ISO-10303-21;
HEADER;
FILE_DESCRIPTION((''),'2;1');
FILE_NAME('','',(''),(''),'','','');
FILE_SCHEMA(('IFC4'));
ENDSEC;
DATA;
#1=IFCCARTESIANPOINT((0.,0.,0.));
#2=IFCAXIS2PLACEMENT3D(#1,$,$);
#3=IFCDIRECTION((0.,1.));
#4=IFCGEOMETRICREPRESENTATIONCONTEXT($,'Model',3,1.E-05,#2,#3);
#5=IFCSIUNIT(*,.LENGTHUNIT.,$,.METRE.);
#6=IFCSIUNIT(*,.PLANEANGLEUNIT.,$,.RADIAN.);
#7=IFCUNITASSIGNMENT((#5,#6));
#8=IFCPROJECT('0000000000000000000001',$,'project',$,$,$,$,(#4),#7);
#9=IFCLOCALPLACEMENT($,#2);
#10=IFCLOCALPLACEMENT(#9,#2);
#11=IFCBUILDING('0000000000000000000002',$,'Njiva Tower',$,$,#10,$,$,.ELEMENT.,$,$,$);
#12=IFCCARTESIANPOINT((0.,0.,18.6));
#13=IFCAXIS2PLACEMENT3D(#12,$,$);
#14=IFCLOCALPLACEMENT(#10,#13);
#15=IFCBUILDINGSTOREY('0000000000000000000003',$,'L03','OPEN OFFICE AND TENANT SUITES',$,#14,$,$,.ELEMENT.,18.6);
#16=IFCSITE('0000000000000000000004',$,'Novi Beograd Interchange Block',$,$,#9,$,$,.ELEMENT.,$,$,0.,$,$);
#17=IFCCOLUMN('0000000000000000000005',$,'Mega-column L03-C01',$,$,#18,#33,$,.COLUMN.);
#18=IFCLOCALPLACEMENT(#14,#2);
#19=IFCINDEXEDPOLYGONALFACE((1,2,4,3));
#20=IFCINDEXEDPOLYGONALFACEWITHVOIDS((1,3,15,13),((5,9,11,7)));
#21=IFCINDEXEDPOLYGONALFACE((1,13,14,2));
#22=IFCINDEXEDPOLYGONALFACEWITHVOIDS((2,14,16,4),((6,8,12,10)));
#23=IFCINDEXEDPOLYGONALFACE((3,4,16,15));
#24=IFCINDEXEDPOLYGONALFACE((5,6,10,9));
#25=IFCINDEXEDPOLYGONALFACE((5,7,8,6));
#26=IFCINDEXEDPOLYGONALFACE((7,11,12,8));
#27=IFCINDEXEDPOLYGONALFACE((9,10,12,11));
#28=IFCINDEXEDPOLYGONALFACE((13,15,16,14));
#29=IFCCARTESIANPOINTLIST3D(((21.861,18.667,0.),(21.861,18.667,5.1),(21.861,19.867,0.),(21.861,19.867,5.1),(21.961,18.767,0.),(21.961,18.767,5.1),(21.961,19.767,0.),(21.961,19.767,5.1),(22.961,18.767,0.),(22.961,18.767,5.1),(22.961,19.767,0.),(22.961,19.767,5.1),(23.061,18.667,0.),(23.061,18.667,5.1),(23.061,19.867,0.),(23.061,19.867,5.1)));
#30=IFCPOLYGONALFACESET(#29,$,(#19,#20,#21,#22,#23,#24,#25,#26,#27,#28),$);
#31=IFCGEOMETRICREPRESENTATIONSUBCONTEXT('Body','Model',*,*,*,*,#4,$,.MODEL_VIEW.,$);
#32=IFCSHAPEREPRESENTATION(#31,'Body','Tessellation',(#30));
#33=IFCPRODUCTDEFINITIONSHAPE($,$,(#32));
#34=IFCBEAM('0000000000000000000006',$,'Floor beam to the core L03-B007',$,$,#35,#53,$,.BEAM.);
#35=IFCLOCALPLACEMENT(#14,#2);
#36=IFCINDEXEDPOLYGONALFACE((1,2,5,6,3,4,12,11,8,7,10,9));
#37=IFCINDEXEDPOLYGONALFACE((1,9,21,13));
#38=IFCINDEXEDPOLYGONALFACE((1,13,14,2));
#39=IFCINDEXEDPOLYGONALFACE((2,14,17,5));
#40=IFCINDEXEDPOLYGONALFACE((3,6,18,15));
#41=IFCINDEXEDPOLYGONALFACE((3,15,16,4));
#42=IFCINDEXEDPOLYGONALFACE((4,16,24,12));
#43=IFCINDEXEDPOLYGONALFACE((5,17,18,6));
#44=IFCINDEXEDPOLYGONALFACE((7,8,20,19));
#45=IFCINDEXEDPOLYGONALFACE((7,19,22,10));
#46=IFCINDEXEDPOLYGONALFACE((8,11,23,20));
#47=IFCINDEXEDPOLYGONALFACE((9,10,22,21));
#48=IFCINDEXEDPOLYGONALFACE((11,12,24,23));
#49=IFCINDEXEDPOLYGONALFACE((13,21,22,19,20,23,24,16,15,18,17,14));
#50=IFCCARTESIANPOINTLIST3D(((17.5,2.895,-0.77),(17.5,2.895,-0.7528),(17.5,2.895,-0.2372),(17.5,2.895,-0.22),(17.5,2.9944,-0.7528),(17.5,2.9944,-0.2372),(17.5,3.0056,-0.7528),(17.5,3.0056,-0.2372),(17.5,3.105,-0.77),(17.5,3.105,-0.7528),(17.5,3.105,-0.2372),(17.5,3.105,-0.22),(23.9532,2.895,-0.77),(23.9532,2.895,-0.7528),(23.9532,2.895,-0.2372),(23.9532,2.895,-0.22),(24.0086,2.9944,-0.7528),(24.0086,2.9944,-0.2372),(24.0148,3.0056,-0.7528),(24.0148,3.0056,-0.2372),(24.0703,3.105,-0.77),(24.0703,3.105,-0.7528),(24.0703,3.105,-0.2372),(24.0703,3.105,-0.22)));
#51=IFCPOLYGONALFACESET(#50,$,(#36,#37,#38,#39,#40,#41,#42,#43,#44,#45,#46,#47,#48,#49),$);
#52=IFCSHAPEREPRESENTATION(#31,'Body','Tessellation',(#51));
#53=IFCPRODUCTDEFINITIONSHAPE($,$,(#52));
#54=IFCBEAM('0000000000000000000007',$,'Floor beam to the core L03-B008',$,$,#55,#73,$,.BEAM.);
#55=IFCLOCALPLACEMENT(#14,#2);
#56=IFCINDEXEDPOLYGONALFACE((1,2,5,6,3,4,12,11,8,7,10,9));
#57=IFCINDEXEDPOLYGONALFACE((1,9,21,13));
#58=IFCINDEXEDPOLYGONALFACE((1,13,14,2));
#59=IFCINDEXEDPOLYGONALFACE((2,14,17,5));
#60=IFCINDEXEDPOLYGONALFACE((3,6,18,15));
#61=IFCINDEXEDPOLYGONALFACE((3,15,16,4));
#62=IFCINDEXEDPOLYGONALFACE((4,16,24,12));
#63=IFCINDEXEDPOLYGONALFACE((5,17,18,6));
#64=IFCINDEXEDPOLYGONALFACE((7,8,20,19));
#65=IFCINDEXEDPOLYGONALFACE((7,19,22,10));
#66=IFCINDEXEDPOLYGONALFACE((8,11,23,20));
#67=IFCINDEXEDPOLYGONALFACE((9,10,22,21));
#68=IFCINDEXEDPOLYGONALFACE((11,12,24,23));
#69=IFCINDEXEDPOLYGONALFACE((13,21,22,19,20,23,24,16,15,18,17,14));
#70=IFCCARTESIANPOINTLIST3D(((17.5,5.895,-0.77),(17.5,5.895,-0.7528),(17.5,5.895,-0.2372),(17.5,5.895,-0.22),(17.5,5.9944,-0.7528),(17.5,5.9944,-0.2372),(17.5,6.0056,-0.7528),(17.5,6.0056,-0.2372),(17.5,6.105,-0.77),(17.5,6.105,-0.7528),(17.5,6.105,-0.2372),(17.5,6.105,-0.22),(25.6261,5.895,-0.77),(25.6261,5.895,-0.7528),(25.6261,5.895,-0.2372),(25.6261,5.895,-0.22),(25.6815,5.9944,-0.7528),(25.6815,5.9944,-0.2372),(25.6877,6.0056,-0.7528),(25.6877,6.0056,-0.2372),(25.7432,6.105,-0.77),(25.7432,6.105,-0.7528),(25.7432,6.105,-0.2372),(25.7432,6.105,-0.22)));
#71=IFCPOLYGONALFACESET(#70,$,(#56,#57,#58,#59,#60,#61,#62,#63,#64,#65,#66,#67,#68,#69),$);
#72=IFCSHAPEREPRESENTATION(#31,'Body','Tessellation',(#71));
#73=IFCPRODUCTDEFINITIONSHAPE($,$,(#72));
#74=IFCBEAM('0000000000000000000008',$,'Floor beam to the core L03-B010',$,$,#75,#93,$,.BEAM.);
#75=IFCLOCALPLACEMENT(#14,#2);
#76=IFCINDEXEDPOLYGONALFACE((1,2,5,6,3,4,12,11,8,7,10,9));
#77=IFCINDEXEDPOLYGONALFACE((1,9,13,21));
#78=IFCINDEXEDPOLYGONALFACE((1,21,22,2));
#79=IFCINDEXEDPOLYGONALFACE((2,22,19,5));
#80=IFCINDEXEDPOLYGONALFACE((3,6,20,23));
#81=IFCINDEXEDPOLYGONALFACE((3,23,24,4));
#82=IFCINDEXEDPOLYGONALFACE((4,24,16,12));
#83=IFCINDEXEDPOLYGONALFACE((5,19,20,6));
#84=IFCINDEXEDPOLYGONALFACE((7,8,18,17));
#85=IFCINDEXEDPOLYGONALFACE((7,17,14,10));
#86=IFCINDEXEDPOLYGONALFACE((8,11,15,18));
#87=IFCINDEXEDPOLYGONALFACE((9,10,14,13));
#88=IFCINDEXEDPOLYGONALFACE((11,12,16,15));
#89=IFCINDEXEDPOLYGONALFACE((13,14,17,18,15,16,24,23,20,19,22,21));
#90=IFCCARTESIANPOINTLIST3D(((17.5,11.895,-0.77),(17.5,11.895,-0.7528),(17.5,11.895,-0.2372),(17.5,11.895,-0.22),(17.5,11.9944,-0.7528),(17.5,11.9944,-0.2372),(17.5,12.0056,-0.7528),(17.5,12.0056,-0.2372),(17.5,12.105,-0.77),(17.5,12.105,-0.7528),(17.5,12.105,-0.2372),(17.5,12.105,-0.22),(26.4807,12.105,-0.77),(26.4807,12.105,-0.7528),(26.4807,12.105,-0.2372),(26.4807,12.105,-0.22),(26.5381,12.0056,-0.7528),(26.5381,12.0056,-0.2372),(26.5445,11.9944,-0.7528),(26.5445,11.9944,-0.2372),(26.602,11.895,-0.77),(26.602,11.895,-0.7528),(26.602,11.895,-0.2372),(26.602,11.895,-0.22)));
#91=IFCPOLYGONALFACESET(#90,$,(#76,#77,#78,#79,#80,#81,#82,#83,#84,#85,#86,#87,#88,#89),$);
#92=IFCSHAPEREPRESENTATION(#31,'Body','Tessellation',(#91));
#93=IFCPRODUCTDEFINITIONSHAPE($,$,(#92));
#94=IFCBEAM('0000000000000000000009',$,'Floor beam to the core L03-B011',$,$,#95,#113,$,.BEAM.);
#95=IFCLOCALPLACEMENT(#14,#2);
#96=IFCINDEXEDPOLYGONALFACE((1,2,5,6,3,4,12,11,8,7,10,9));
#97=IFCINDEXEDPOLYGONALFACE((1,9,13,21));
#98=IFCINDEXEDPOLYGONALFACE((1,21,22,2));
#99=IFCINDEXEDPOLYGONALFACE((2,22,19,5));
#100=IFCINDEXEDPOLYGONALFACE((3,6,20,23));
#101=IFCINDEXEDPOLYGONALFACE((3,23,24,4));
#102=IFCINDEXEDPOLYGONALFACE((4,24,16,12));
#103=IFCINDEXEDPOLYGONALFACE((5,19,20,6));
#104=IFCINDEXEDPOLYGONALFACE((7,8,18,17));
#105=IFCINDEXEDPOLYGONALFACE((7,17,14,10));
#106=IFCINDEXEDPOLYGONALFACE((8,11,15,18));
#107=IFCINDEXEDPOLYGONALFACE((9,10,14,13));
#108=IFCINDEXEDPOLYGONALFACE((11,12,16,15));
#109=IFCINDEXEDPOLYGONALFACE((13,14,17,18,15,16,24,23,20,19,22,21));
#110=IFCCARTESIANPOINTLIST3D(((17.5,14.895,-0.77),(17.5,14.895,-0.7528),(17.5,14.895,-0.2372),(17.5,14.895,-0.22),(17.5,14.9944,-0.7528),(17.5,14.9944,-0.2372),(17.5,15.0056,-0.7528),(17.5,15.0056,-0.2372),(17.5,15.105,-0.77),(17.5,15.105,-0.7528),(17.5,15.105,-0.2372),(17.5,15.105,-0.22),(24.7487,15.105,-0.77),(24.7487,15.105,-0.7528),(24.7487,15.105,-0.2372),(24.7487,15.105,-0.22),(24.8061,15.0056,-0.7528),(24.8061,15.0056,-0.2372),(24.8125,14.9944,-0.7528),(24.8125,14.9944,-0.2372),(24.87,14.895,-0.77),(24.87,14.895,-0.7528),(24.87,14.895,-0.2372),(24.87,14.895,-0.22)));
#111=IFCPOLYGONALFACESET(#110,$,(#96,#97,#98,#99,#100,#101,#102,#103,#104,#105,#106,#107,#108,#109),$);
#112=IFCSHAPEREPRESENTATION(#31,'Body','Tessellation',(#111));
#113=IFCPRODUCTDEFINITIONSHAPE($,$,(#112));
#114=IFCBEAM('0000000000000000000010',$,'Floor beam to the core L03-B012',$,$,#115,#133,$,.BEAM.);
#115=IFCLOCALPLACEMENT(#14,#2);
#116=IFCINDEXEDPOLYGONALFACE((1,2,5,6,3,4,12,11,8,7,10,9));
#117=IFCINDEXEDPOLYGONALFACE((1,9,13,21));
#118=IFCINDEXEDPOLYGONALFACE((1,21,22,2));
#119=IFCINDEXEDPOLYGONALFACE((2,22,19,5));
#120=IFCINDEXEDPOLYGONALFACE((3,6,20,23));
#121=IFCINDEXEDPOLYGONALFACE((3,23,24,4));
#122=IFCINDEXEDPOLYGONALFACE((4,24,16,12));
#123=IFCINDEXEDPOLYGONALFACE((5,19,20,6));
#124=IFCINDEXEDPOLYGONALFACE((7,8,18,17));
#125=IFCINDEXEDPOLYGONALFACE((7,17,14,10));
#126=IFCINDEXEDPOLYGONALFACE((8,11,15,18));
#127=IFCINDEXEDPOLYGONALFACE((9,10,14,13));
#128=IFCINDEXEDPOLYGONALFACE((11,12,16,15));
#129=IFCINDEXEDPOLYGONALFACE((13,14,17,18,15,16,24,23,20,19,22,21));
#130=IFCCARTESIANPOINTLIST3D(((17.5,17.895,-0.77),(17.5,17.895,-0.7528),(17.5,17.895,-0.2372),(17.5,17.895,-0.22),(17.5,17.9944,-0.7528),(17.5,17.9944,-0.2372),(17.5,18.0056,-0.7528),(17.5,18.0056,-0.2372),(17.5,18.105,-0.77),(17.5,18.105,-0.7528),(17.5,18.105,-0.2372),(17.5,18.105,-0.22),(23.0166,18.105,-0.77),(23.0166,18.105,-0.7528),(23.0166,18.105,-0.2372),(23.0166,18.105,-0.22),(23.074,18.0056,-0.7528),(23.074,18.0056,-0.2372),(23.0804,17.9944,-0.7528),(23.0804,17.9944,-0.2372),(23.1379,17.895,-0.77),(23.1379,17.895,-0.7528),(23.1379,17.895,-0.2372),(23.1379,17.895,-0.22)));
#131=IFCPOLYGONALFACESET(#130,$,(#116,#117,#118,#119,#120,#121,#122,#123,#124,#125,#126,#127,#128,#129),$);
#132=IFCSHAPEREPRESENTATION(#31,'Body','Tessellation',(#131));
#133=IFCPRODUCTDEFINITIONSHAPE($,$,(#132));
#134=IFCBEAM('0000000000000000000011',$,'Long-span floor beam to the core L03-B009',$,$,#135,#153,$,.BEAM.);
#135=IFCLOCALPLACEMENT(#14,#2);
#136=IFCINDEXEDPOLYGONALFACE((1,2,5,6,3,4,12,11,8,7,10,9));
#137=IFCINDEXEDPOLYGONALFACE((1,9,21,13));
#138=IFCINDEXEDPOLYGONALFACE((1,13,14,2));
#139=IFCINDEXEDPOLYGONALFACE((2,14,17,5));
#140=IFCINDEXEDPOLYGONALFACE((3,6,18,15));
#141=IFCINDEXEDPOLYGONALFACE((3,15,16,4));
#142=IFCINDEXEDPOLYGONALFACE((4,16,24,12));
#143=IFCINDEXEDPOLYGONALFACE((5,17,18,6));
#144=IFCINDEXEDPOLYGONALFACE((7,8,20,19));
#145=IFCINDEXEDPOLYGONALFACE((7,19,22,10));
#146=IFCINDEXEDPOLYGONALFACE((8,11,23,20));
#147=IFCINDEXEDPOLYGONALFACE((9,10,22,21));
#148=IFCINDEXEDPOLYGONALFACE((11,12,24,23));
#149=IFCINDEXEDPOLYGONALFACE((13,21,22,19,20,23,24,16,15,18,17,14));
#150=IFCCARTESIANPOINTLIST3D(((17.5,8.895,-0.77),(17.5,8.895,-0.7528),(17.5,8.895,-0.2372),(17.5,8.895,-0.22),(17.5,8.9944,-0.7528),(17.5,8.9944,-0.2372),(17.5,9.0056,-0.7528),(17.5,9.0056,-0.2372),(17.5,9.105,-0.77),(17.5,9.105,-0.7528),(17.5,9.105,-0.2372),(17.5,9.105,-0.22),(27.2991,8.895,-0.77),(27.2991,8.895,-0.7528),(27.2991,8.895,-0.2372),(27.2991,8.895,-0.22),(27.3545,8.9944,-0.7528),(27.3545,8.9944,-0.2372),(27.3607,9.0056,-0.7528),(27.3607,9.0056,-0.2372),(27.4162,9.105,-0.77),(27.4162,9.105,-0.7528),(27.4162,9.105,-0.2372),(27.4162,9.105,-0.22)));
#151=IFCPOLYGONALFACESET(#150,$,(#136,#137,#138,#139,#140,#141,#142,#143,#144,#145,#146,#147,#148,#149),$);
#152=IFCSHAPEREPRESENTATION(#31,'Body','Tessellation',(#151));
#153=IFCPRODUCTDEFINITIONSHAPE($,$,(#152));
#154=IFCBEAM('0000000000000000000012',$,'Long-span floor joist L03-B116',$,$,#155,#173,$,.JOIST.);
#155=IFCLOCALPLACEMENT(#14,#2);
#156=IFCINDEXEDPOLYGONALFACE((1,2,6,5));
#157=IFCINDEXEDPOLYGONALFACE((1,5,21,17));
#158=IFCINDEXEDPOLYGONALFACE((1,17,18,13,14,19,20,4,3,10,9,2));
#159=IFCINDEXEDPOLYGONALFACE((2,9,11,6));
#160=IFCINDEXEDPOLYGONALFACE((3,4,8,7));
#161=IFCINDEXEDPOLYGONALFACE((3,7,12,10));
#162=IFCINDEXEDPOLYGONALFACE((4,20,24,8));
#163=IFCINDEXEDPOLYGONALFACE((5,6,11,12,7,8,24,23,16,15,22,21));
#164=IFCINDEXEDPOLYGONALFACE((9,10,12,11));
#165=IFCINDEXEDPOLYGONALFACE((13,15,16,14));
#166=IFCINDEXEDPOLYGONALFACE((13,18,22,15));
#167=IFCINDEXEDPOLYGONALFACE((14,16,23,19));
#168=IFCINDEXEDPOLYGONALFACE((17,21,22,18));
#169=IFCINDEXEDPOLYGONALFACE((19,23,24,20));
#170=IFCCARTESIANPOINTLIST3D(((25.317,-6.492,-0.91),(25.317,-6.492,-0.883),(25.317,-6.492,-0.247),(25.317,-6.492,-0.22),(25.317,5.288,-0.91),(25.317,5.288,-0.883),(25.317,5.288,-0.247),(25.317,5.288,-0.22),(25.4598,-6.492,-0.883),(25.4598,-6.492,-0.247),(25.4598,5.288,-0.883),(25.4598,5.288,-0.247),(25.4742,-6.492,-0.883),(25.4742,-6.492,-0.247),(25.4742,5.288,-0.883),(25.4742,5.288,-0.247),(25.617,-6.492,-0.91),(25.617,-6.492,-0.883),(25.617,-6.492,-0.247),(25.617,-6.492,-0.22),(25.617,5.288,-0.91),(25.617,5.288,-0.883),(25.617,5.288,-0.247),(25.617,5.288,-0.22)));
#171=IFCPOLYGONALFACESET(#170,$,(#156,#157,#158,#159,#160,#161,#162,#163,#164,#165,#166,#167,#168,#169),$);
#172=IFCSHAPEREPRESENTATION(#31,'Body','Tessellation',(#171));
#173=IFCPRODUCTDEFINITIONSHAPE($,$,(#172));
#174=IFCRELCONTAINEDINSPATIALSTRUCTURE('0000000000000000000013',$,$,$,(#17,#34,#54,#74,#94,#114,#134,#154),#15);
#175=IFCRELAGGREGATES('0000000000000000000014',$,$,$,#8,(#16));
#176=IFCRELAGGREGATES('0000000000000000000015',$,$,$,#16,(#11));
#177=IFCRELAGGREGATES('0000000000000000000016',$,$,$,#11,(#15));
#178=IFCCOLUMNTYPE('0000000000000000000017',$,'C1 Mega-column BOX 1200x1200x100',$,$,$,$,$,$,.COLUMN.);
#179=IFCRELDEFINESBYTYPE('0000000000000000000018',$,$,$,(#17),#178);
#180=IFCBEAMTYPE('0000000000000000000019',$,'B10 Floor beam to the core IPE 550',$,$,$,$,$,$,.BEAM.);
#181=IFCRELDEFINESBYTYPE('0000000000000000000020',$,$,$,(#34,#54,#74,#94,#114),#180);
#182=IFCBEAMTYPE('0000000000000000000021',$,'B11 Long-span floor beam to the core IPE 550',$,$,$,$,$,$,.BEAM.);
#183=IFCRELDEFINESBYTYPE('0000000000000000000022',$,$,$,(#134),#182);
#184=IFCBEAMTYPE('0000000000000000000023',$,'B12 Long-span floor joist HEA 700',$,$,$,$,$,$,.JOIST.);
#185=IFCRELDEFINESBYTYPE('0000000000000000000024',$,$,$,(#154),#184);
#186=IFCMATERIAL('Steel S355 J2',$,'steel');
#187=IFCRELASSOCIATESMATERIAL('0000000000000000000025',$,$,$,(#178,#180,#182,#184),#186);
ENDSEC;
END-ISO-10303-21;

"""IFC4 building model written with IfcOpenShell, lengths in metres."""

from ifc_helpers import new_model, si_unit, direction, frame, origin, origin_2d, place, context, subcontext, project, spatial, hollow_rectangle, i_section, extrude, clip, halfspace, material, material_profile, profile_set, type_object, element, save


model = new_model("IFC4")

# Units and contexts
model_context = context("Model", 3, precision=1e-05, world=origin(), true_north=direction((0.0, 1.0)))
body_context = subcontext(model_context, "Body", "Model", "MODEL_VIEW")
ifc_project = project(units=[si_unit("LENGTHUNIT", "METRE"), si_unit("PLANEANGLEUNIT", "RADIAN")], contexts=[model_context])

# Site, building, storey
site_placement = place(None, origin())
site = spatial("IfcSite", under=ifc_project, at=site_placement, Name="Novi Beograd Interchange Block", CompositionType="ELEMENT", RefElevation=0.0)
building_placement = place(site_placement, origin())
building = spatial("IfcBuilding", under=site, at=building_placement, Name="Njiva Tower", CompositionType="ELEMENT")
storey_placement = place(building_placement, frame((0.0, 0.0, 18.6)))
storey = spatial("IfcBuildingStorey", under=building, at=storey_placement, Name="L03", Description="OPEN OFFICE AND TENANT SUITES", CompositionType="ELEMENT", Elevation=18.6)

# Column
ifc_material_1 = material(Name="Steel S355 J2", Category="steel")
ifc_material_profile_1 = material_profile(ifc_material_1, hollow_rectangle(XDim=1.2, YDim=1.2, WallThickness=0.1, at=origin_2d()), Name="BOX 1200x1200x100")
ifc_profile_set_1 = profile_set([ifc_material_profile_1], Name="Steel S355 J2")
column_type = type_object("IfcColumnType", Name="C1 Mega-column BOX 1200x1200x100", PredefinedType="COLUMN", material=ifc_profile_set_1)
column_placement = place(storey_placement, frame((22.461, 19.267, 0.0), z_axis=(0.0, 0.0, 1.0), x_axis=(-1.0, 0.0, 0.0)))
element("IfcColumn", 1, at=column_placement, inside=storey, type_object=column_type, Name="Mega-column L03-C01", PredefinedType="COLUMN", context=body_context, shape_type="SweptSolid", body=[
    extrude(hollow_rectangle(XDim=1.2, YDim=1.2, WallThickness=0.1, at=origin_2d()), origin(), (0.0, 0.0, 1.0), 5.1),
])

# Beams
ifc_material_profile_2 = material_profile(ifc_material_1, i_section(OverallWidth=0.21, OverallDepth=0.55, WebThickness=0.0111, FlangeThickness=0.0172, at=origin_2d()), Name="IPE 550")
ifc_profile_set_2 = profile_set([ifc_material_profile_2], Name="Steel S355 J2")
beam_type_1 = type_object("IfcBeamType", Name="B10 Floor beam to the core IPE 550", PredefinedType="BEAM", material=ifc_profile_set_2)
beam_1_placement = place(storey_placement, frame((17.5, 3.0, -0.495), z_axis=(1.0, 0.0, 0.0), x_axis=(0.0, 1.0, 0.0)))
element("IfcBeam", 2, at=beam_1_placement, inside=storey, type_object=beam_type_1, Name="Floor beam to the core L03-B007", PredefinedType="BEAM", context=body_context, shape_type="Clipping", body=[
    clip(extrude(i_section(OverallWidth=0.21, OverallDepth=0.55, WebThickness=0.0111, FlangeThickness=0.0172, at=origin_2d()), origin(), (0.0, 0.0, 1.0), 6.591), halfspace(frame((-0.0244, 0.0, 6.4981), z_axis=(-0.487052, 0.0, 0.873373), x_axis=(0.0, 1.0, 0.0)), False)),
])
beam_2_placement = place(storey_placement, frame((17.5, 6.0, -0.495), z_axis=(1.0, 0.0, 0.0), x_axis=(0.0, 1.0, 0.0)))
element("IfcBeam", 3, at=beam_2_placement, inside=storey, type_object=beam_type_1, Name="Floor beam to the core L03-B008", PredefinedType="BEAM", context=body_context, shape_type="Clipping", body=[
    clip(extrude(i_section(OverallWidth=0.21, OverallDepth=0.55, WebThickness=0.0111, FlangeThickness=0.0172, at=origin_2d()), origin(), (0.0, 0.0, 1.0), 8.264), halfspace(frame((-0.0244, 0.0, 8.171), z_axis=(-0.487052, 0.0, 0.873373), x_axis=(0.0, 1.0, 0.0)), False)),
])
beam_3_placement = place(storey_placement, frame((17.5, 12.0, -0.495), z_axis=(1.0, 0.0, 0.0), x_axis=(0.0, 1.0, 0.0)))
element("IfcBeam", 4, at=beam_3_placement, inside=storey, type_object=beam_type_1, Name="Floor beam to the core L03-B010", PredefinedType="BEAM", context=body_context, shape_type="Clipping", body=[
    clip(extrude(i_section(OverallWidth=0.21, OverallDepth=0.55, WebThickness=0.0111, FlangeThickness=0.0172, at=origin_2d()), origin(), (0.0, 0.0, 1.0), 9.122), halfspace(frame((0.025, 0.0, 9.0269), z_axis=(0.499998, 0.0, 0.866027), x_axis=(0.0, 1.0, 0.0)), False)),
])
beam_4_placement = place(storey_placement, frame((17.5, 15.0, -0.495), z_axis=(1.0, 0.0, 0.0), x_axis=(0.0, 1.0, 0.0)))
element("IfcBeam", 5, at=beam_4_placement, inside=storey, type_object=beam_type_1, Name="Floor beam to the core L03-B011", PredefinedType="BEAM", context=body_context, shape_type="Clipping", body=[
    clip(extrude(i_section(OverallWidth=0.21, OverallDepth=0.55, WebThickness=0.0111, FlangeThickness=0.0172, at=origin_2d()), origin(), (0.0, 0.0, 1.0), 7.39), halfspace(frame((0.025, 0.0, 7.2949), z_axis=(0.499998, 0.0, 0.866027), x_axis=(0.0, 1.0, 0.0)), False)),
])
beam_5_placement = place(storey_placement, frame((17.5, 18.0, -0.495), z_axis=(1.0, 0.0, 0.0), x_axis=(0.0, 1.0, 0.0)))
element("IfcBeam", 6, at=beam_5_placement, inside=storey, type_object=beam_type_1, Name="Floor beam to the core L03-B012", PredefinedType="BEAM", context=body_context, shape_type="Clipping", body=[
    clip(extrude(i_section(OverallWidth=0.21, OverallDepth=0.55, WebThickness=0.0111, FlangeThickness=0.0172, at=origin_2d()), origin(), (0.0, 0.0, 1.0), 5.658), halfspace(frame((0.025, 0.0, 5.5628), z_axis=(0.499998, 0.0, 0.866027), x_axis=(0.0, 1.0, 0.0)), False)),
])
ifc_material_profile_3 = material_profile(ifc_material_1, i_section(OverallWidth=0.21, OverallDepth=0.55, WebThickness=0.0111, FlangeThickness=0.0172, at=origin_2d()), Name="IPE 550")
ifc_profile_set_3 = profile_set([ifc_material_profile_3], Name="Steel S355 J2")
beam_type_2 = type_object("IfcBeamType", Name="B11 Long-span floor beam to the core IPE 550", PredefinedType="BEAM", material=ifc_profile_set_3)
beam_6_placement = place(storey_placement, frame((17.5, 9.0, -0.495), z_axis=(1.0, 0.0, 0.0), x_axis=(0.0, 1.0, 0.0)))
element("IfcBeam", 7, at=beam_6_placement, inside=storey, type_object=beam_type_2, Name="Long-span floor beam to the core L03-B009", PredefinedType="BEAM", context=body_context, shape_type="Clipping", body=[
    clip(extrude(i_section(OverallWidth=0.21, OverallDepth=0.55, WebThickness=0.0111, FlangeThickness=0.0172, at=origin_2d()), origin(), (0.0, 0.0, 1.0), 9.937), halfspace(frame((-0.0244, 0.0, 9.844), z_axis=(-0.487052, 0.0, 0.873373), x_axis=(0.0, 1.0, 0.0)), False)),
])
ifc_material_profile_4 = material_profile(ifc_material_1, i_section(OverallWidth=0.3, OverallDepth=0.69, WebThickness=0.0145, FlangeThickness=0.027, at=origin_2d()), Name="HEA 700")
ifc_profile_set_4 = profile_set([ifc_material_profile_4], Name="Steel S355 J2")
beam_type_3 = type_object("IfcBeamType", Name="B12 Long-span floor joist HEA 700", PredefinedType="JOIST", material=ifc_profile_set_4)
beam_7_placement = place(storey_placement, frame((25.467, 5.288, -0.565), z_axis=(0.0, -1.0, 0.0), x_axis=(1.0, 0.0, 0.0)))
element("IfcBeam", 8, at=beam_7_placement, inside=storey, type_object=beam_type_3, Name="Long-span floor joist L03-B116", PredefinedType="JOIST", context=body_context, shape_type="SweptSolid", body=[
    extrude(i_section(OverallWidth=0.3, OverallDepth=0.69, WebThickness=0.0145, FlangeThickness=0.027, at=origin_2d()), origin(), (0.0, 0.0, 1.0), 11.78),
])

save(model, "model.ifc")
